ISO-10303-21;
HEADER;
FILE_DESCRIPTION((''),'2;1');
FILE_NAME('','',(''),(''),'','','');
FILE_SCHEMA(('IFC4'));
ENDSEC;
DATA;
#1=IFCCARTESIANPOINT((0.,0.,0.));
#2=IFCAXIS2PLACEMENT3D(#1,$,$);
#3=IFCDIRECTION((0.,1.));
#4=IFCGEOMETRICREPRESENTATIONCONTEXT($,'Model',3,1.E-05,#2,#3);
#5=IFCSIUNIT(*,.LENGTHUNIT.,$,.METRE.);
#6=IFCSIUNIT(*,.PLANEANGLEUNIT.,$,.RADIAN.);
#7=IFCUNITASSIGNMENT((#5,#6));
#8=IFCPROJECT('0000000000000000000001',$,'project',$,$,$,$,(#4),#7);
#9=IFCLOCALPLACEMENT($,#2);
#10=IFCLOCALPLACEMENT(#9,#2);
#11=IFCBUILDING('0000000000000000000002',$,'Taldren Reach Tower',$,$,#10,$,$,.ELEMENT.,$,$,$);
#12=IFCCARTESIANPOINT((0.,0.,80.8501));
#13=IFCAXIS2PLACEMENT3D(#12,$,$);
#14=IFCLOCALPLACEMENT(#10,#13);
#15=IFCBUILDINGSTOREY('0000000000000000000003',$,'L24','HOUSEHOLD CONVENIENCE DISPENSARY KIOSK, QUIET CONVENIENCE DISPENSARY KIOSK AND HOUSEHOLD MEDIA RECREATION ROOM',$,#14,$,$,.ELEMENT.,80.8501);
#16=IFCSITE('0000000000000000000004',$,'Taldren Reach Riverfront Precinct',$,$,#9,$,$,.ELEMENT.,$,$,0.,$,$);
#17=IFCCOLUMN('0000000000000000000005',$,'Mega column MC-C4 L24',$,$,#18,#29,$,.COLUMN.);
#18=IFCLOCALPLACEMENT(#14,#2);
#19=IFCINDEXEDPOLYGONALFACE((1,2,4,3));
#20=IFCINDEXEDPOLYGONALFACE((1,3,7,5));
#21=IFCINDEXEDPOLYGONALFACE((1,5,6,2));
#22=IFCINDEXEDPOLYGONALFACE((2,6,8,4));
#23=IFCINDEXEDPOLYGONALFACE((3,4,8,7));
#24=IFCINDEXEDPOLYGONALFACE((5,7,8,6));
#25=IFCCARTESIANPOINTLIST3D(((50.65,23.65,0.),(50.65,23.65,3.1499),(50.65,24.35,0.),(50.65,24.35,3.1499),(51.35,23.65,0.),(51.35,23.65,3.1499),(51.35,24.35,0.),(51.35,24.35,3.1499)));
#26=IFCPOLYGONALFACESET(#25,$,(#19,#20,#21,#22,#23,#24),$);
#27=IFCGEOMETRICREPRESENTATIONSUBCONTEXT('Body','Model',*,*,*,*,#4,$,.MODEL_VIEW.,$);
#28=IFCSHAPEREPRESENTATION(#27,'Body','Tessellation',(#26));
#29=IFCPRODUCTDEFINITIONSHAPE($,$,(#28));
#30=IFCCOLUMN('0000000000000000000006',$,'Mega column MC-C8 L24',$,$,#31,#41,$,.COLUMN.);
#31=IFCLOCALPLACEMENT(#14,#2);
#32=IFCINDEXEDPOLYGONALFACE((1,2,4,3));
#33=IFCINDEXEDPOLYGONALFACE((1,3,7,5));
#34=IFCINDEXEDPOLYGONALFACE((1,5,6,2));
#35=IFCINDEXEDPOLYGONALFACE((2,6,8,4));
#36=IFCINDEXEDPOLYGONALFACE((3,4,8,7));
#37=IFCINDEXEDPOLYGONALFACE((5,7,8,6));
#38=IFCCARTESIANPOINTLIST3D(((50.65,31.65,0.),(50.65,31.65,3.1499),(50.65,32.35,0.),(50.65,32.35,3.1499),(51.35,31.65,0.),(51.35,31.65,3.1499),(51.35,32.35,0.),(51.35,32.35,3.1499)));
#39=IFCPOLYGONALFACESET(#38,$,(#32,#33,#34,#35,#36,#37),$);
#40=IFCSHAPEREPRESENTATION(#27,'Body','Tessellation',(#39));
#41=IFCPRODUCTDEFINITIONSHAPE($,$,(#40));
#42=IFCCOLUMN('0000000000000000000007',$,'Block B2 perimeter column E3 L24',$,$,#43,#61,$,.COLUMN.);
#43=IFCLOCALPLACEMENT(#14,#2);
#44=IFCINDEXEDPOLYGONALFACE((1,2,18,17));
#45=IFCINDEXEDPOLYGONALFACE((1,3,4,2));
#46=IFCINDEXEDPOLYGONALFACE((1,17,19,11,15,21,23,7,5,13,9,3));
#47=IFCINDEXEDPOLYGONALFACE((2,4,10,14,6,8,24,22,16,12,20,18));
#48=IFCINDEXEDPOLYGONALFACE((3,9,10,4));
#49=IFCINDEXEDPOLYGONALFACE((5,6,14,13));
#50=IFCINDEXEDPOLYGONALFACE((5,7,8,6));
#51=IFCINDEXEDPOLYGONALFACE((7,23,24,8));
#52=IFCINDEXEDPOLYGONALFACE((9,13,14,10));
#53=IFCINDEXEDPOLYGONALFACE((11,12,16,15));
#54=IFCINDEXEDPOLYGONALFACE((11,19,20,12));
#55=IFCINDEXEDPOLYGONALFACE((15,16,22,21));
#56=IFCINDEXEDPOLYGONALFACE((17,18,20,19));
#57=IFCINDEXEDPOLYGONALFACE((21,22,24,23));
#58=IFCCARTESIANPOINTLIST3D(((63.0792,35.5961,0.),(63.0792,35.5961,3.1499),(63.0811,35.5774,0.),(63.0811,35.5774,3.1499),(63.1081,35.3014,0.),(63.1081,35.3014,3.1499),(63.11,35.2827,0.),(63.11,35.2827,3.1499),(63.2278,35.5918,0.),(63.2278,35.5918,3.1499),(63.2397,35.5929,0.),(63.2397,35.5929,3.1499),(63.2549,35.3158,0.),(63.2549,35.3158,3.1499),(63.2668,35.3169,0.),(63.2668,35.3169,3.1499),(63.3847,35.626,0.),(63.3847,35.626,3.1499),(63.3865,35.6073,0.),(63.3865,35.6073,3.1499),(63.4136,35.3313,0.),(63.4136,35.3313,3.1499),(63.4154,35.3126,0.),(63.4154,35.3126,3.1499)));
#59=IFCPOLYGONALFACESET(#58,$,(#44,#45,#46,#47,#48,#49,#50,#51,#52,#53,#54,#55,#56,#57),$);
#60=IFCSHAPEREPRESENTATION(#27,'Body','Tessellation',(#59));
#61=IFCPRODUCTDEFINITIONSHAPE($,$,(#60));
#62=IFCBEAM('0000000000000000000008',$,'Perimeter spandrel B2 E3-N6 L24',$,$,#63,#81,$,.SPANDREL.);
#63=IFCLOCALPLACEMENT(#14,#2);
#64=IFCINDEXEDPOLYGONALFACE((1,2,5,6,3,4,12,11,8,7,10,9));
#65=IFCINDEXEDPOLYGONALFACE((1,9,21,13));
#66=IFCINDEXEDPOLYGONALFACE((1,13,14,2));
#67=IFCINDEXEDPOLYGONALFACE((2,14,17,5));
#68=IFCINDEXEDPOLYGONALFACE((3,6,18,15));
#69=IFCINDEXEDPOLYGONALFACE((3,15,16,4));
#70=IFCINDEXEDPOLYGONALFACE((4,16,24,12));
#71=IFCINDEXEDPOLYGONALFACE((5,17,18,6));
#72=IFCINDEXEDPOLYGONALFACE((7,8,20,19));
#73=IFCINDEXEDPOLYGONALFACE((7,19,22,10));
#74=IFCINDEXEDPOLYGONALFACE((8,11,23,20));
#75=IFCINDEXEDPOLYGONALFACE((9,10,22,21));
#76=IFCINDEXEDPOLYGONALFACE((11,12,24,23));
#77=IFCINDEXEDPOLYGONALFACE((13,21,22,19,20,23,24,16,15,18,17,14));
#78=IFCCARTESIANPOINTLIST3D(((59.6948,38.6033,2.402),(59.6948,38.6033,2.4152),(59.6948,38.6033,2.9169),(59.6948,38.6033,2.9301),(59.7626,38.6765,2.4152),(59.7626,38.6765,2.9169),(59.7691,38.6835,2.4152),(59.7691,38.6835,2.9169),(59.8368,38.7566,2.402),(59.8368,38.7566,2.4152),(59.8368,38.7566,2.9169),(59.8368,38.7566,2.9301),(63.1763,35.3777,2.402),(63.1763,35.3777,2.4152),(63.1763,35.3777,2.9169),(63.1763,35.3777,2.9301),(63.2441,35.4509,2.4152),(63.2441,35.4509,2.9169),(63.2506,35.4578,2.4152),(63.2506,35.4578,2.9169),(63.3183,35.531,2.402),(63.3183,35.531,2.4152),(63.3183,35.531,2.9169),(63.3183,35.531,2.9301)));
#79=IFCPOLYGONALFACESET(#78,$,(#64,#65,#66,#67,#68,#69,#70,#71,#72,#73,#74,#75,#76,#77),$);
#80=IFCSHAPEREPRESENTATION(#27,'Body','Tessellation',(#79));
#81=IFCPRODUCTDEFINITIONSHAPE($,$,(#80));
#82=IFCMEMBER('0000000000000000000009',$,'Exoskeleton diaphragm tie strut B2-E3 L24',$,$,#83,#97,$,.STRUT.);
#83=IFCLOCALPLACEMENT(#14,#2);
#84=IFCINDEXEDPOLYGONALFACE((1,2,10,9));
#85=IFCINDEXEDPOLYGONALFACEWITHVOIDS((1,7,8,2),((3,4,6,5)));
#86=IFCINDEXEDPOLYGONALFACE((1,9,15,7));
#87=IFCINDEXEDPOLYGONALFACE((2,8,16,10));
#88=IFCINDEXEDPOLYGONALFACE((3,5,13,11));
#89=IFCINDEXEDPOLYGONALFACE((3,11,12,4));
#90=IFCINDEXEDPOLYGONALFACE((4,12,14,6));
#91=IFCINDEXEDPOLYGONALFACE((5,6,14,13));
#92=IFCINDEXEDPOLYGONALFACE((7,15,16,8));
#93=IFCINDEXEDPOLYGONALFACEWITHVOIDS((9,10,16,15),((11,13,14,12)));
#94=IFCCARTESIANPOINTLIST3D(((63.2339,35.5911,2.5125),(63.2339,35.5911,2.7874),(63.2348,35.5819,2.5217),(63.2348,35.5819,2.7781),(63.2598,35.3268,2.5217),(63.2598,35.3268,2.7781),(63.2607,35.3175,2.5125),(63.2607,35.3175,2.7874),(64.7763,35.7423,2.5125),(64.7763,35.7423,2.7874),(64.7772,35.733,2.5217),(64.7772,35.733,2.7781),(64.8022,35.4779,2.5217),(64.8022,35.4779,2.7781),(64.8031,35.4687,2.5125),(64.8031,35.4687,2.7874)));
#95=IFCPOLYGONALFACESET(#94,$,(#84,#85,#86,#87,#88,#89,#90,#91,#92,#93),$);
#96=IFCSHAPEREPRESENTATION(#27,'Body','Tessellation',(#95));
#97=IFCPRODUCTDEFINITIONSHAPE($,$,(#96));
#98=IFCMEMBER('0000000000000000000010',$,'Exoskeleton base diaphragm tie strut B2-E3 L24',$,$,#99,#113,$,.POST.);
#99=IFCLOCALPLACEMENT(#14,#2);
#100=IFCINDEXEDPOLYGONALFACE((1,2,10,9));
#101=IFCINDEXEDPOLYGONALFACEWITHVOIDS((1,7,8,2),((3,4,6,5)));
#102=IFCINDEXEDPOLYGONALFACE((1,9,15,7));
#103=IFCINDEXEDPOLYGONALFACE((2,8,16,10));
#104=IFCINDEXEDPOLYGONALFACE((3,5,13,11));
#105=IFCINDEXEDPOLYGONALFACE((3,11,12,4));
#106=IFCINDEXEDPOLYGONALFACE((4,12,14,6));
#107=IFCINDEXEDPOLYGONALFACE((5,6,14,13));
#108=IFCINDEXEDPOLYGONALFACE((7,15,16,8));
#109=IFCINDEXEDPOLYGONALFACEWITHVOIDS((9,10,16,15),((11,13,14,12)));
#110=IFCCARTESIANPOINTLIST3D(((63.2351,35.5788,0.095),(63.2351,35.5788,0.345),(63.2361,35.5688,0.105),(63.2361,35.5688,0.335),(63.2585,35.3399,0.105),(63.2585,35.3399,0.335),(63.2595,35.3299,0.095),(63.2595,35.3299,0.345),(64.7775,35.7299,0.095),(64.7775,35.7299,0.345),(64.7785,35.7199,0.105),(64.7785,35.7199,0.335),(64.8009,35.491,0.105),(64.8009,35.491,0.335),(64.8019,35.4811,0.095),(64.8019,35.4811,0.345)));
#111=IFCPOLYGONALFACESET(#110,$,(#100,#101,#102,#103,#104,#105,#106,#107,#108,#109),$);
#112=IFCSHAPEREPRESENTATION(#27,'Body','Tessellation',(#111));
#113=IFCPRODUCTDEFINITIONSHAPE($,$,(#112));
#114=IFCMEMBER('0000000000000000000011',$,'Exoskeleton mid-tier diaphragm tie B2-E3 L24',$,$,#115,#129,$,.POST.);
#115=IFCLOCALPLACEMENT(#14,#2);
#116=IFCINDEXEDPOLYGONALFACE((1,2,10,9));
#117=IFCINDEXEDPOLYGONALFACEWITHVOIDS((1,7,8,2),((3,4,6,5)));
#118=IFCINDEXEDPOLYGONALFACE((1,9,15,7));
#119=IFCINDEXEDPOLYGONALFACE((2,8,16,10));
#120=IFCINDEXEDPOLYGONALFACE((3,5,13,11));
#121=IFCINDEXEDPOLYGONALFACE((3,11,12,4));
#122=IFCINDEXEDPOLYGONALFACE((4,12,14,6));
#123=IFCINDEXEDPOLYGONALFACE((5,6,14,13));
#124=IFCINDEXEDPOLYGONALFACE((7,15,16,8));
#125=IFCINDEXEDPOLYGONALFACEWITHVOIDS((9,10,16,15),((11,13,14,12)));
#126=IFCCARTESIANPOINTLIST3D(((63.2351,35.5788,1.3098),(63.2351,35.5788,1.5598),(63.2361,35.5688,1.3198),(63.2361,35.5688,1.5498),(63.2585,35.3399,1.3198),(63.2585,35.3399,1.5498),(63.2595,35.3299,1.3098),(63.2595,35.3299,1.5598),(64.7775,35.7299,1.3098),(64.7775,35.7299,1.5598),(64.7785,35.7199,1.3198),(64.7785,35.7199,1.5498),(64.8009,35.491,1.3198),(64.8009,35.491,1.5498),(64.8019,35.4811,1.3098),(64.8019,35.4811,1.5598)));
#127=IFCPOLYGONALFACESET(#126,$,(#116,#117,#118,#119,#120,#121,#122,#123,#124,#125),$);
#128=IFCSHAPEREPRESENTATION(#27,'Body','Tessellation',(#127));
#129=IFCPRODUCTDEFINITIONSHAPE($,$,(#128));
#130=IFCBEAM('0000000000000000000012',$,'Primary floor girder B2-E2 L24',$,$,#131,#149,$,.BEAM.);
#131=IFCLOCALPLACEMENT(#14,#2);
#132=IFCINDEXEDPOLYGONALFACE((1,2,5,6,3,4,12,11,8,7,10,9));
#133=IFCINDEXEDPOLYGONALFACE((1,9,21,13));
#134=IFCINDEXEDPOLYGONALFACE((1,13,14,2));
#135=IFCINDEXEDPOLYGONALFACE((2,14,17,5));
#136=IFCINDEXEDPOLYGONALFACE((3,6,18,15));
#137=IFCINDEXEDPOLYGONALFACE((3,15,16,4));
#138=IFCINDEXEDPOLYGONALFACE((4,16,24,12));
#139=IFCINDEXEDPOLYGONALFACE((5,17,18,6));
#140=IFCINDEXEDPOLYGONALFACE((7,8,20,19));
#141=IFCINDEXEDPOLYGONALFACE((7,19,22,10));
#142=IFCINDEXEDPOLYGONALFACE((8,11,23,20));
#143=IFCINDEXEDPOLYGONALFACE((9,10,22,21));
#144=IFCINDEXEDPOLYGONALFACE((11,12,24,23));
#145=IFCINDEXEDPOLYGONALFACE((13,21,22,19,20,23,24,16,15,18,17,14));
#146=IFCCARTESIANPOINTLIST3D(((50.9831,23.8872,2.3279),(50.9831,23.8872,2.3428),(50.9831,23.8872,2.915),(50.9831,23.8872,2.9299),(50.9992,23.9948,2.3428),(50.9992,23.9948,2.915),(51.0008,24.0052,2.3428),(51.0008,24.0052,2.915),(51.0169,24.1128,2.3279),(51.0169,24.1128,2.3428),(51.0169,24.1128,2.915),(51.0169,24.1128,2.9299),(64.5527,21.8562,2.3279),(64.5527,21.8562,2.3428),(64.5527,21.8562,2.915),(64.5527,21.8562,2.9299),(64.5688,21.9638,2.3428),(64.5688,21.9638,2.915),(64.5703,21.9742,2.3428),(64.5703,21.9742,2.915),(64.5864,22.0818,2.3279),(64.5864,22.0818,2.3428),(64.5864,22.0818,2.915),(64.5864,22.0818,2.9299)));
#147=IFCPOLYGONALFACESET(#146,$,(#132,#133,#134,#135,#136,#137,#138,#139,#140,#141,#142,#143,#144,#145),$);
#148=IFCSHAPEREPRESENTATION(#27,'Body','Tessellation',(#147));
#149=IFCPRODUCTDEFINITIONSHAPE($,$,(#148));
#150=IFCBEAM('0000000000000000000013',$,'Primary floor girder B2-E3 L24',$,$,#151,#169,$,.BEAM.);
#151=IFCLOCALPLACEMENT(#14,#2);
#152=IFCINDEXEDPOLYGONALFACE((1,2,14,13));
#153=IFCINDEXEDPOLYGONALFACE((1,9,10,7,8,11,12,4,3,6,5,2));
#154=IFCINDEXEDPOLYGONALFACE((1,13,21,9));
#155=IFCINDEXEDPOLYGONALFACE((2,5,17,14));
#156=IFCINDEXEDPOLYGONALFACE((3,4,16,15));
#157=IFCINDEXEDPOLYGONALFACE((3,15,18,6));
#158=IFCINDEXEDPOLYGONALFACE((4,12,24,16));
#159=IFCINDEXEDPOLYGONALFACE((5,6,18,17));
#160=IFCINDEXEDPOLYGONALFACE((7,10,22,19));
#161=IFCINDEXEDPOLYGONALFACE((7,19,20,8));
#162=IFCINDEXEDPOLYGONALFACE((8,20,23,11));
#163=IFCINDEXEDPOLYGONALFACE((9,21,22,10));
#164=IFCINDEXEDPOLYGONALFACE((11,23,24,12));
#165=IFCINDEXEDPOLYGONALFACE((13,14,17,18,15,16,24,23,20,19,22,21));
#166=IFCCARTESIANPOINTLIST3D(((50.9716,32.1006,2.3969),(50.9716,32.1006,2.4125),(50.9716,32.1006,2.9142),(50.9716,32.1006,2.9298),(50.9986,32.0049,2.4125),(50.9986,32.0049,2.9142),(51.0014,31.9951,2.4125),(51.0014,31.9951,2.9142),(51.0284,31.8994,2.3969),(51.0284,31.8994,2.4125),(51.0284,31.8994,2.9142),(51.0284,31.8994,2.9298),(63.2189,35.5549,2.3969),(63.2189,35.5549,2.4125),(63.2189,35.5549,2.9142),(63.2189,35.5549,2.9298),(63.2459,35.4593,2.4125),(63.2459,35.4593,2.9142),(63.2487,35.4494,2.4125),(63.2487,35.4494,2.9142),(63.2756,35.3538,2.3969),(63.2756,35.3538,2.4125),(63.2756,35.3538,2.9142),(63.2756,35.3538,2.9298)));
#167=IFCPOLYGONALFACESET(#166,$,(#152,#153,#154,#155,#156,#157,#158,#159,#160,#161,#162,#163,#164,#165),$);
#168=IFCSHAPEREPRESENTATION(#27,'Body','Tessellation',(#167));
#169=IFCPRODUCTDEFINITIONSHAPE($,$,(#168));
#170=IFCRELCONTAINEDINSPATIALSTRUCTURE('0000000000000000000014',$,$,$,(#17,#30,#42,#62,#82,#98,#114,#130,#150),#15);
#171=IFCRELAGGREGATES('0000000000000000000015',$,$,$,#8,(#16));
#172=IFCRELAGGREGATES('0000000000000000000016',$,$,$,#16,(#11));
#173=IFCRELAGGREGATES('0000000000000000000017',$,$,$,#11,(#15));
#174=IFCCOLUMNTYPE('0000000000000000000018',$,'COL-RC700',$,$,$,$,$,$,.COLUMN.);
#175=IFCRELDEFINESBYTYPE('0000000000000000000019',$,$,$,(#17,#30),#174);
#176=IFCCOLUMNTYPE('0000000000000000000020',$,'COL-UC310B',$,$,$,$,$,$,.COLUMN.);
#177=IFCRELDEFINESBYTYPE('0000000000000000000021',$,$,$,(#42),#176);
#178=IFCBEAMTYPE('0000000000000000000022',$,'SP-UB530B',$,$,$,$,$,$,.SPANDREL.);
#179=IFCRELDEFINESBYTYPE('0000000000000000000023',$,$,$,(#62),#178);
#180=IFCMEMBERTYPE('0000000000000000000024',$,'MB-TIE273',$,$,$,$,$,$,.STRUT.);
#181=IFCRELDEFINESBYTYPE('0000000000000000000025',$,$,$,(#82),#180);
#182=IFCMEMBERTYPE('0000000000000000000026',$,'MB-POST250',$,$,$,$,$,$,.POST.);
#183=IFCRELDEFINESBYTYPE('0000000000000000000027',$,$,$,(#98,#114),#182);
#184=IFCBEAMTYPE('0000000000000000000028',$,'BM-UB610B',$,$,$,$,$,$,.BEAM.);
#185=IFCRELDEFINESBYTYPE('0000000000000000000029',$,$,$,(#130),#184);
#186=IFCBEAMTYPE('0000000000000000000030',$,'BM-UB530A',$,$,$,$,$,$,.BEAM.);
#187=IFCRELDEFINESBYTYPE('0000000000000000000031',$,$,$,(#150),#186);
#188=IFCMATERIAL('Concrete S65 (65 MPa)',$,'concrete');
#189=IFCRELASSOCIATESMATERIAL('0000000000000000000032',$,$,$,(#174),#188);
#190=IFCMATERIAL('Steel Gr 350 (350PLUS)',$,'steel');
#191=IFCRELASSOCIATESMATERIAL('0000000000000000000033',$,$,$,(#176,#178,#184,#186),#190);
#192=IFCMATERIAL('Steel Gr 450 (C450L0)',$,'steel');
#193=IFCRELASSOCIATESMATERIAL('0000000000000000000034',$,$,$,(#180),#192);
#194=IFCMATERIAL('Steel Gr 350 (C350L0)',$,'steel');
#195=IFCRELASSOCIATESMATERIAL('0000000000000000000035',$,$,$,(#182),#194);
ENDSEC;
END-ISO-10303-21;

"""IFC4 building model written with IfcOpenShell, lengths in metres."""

from ifc_helpers import new_model, si_unit, direction, frame, origin, origin_2d, place, context, subcontext, project, spatial, rectangle, hollow_rectangle, i_section, extrude, source, transform, mapped, material, material_profile, profile_set, type_object, element, save


model = new_model("IFC4")

# Units and contexts
model_context = context("Model", 3, precision=1e-05, world=origin(), true_north=direction((0.0, 1.0)))
body_context = subcontext(model_context, "Body", "Model", "MODEL_VIEW")
ifc_project = project(units=[si_unit("LENGTHUNIT", "METRE"), si_unit("PLANEANGLEUNIT", "RADIAN")], contexts=[model_context])

# Site, building, storey
site_placement = place(None, origin())
site = spatial("IfcSite", under=ifc_project, at=site_placement, Name="Taldren Reach Riverfront Precinct", CompositionType="ELEMENT", RefElevation=0.0)
building_placement = place(site_placement, origin())
building = spatial("IfcBuilding", under=site, at=building_placement, Name="Taldren Reach Tower", CompositionType="ELEMENT")
storey_placement = place(building_placement, frame((0.0, 0.0, 80.8501)))
storey = spatial("IfcBuildingStorey", under=building, at=storey_placement, Name="L24", Description="HOUSEHOLD CONVENIENCE DISPENSARY KIOSK, QUIET CONVENIENCE DISPENSARY KIOSK AND HOUSEHOLD MEDIA RECREATION ROOM", CompositionType="ELEMENT", Elevation=80.8501)

# Columns
ifc_material_1 = material(Name="Concrete S65 (65 MPa)", Category="concrete")
ifc_material_profile_1 = material_profile(ifc_material_1, rectangle(XDim=0.7, YDim=0.7, at=origin_2d()), Name="RC-700x700")
ifc_profile_set_1 = profile_set([ifc_material_profile_1], Name="Concrete S65 (65 MPa)")
column_type_1 = type_object("IfcColumnType", Name="COL-RC700", PredefinedType="COLUMN", material=ifc_profile_set_1)
shared_shape_1 = source(origin(), body_context, "Body", "SweptSolid", [
    extrude(rectangle(XDim=0.7, YDim=0.7, at=origin_2d()), origin(), (0.0, 0.0, 1.0), 3.1499),
])
for number, where, z_axis, x_axis, name in (
    (1, (51.0, 24.0, 0.0), (0.0, 0.0, 1.0), (1.0, 0.0, 0.0), "Mega column MC-C4 L24"),
    (2, (51.0, 32.0, 0.0), (0.0, 0.0, 1.0), (1.0, 0.0, 0.0), "Mega column MC-C8 L24"),
):
    element("IfcColumn", number, at=place(storey_placement, frame(where, z_axis=z_axis, x_axis=x_axis)), inside=storey, type_object=column_type_1, Name=name, PredefinedType="COLUMN", context=body_context, shape_type="MappedRepresentation", body=[
        mapped(shared_shape_1, transform((0.0, 0.0, 0.0), scale=1.0)),
    ])
ifc_material_2 = material(Name="Steel Gr 350 (350PLUS)", Category="steel")
ifc_material_profile_2 = material_profile(ifc_material_2, i_section(OverallWidth=0.3069, OverallDepth=0.3149, WebThickness=0.012, FlangeThickness=0.0188, at=origin_2d()), Name="310UC118")
ifc_profile_set_2 = profile_set([ifc_material_profile_2], Name="Steel Gr 350 (350PLUS)")
column_type_2 = type_object("IfcColumnType", Name="COL-UC310B", PredefinedType="COLUMN", material=ifc_profile_set_2)
shared_shape_2 = source(origin(), body_context, "Body", "SweptSolid", [
    extrude(i_section(OverallWidth=0.3069, OverallDepth=0.3149, WebThickness=0.012, FlangeThickness=0.0188, at=origin_2d()), origin(), (0.0, 0.0, 1.0), 3.1499),
])
column_placement = place(storey_placement, frame((63.2473, 35.4543, 0.0), z_axis=(0.0, 0.0, 1.0), x_axis=(0.995227, 0.097583, 0.0)))
element("IfcColumn", 3, at=column_placement, inside=storey, type_object=column_type_2, Name="Block B2 perimeter column E3 L24", PredefinedType="COLUMN", context=body_context, shape_type="MappedRepresentation", body=[
    mapped(shared_shape_2, transform((0.0, 0.0, 0.0), scale=1.0)),
])

# Beam
ifc_material_profile_3 = material_profile(ifc_material_2, i_section(OverallWidth=0.209, OverallDepth=0.5281, WebThickness=0.0095, FlangeThickness=0.0132, at=origin_2d()), Name="530UB82.0")
ifc_profile_set_3 = profile_set([ifc_material_profile_3], Name="Steel Gr 350 (350PLUS)")
beam_type_1 = type_object("IfcBeamType", Name="SP-UB530B", PredefinedType="SPANDREL", material=ifc_profile_set_3)
shared_shape_3 = source(origin(), body_context, "Body", "SweptSolid", [
    extrude(i_section(OverallWidth=0.209, OverallDepth=0.5281, WebThickness=0.0095, FlangeThickness=0.0132, at=origin_2d()), origin(), (0.0, 0.0, 1.0), 4.7461),
])
beam_1_placement = place(storey_placement, frame((63.2473, 35.4543, 2.666), z_axis=(-0.733548, 0.679638, 0.0), x_axis=(-0.679638, -0.733548, 0.0)))
element("IfcBeam", 4, at=beam_1_placement, inside=storey, type_object=beam_type_1, Name="Perimeter spandrel B2 E3-N6 L24", PredefinedType="SPANDREL", context=body_context, shape_type="MappedRepresentation", body=[
    mapped(shared_shape_3, transform((0.0, 0.0, 0.0), scale=1.0)),
])

# Members
ifc_material_3 = material(Name="Steel Gr 450 (C450L0)", Category="steel")
ifc_material_profile_4 = material_profile(ifc_material_3, hollow_rectangle(XDim=0.2749, YDim=0.2749, WallThickness=0.0093, at=origin_2d()), Name="275x275x9.3SHS")
ifc_profile_set_4 = profile_set([ifc_material_profile_4], Name="Steel Gr 450 (C450L0)")
member_type_1 = type_object("IfcMemberType", Name="MB-TIE273", PredefinedType="STRUT", material=ifc_profile_set_4)
shared_shape_4 = source(origin(), body_context, "Body", "SweptSolid", [
    extrude(hollow_rectangle(XDim=0.2749, YDim=0.2749, WallThickness=0.0093, at=origin_2d()), origin(), (0.0, 0.0, 1.0), 1.5498),
])
member_placement = place(storey_placement, frame((63.2473, 35.4543, 2.6499), z_axis=(0.995235, 0.097507, 0.0), x_axis=(-0.097507, 0.995235, 0.0)))
element("IfcMember", 5, at=member_placement, inside=storey, type_object=member_type_1, Name="Exoskeleton diaphragm tie strut B2-E3 L24", PredefinedType="STRUT", context=body_context, shape_type="MappedRepresentation", body=[
    mapped(shared_shape_4, transform((0.0, 0.0, 0.0), scale=1.0)),
])
ifc_material_4 = material(Name="Steel Gr 350 (C350L0)", Category="steel")
ifc_material_profile_5 = material_profile(ifc_material_4, hollow_rectangle(XDim=0.25, YDim=0.25, WallThickness=0.01, at=origin_2d()), Name="250x250x10.0SHS")
ifc_profile_set_5 = profile_set([ifc_material_profile_5], Name="Steel Gr 350 (C350L0)")
member_type_2 = type_object("IfcMemberType", Name="MB-POST250", PredefinedType="POST", material=ifc_profile_set_5)
shared_shape_5 = source(origin(), body_context, "Body", "SweptSolid", [
    extrude(hollow_rectangle(XDim=0.25, YDim=0.25, WallThickness=0.01, at=origin_2d()), origin(), (0.0, 0.0, 1.0), 1.5498),
])
for number, where, z_axis, x_axis, name in (
    (6, (63.2473, 35.4543, 0.22), (0.995235, 0.097507, 0.0), (-0.097507, 0.995235, 0.0), "Exoskeleton base diaphragm tie strut B2-E3 L24"),
    (7, (63.2473, 35.4543, 1.4348), (0.995235, 0.097507, 0.0), (-0.097507, 0.995235, 0.0), "Exoskeleton mid-tier diaphragm tie B2-E3 L24"),
):
    element("IfcMember", number, at=place(storey_placement, frame(where, z_axis=z_axis, x_axis=x_axis)), inside=storey, type_object=member_type_2, Name=name, PredefinedType="POST", context=body_context, shape_type="MappedRepresentation", body=[
        mapped(shared_shape_5, transform((0.0, 0.0, 0.0), scale=1.0)),
    ])

# Beams
ifc_material_profile_6 = material_profile(ifc_material_2, i_section(OverallWidth=0.228, OverallDepth=0.6021, WebThickness=0.0105, FlangeThickness=0.0149, at=origin_2d()), Name="610UB101")
ifc_profile_set_6 = profile_set([ifc_material_profile_6], Name="Steel Gr 350 (350PLUS)")
beam_type_2 = type_object("IfcBeamType", Name="BM-UB610B", PredefinedType="BEAM", material=ifc_profile_set_6)
shared_shape_6 = source(origin(), body_context, "Body", "SweptSolid", [
    extrude(i_section(OverallWidth=0.228, OverallDepth=0.6021, WebThickness=0.0105, FlangeThickness=0.0149, at=origin_2d()), origin(), (0.0, 0.0, 1.0), 13.7207),
])
beam_2_placement = place(storey_placement, frame((51.0, 24.0, 2.6289), z_axis=(0.988984, -0.148025, 0.0), x_axis=(0.148025, 0.988984, 0.0)))
element("IfcBeam", 8, at=beam_2_placement, inside=storey, type_object=beam_type_2, Name="Primary floor girder B2-E2 L24", PredefinedType="BEAM", context=body_context, shape_type="MappedRepresentation", body=[
    mapped(shared_shape_6, transform((0.0, 0.0, 0.0), scale=1.0)),
])
ifc_material_profile_7 = material_profile(ifc_material_2, i_section(OverallWidth=0.209, OverallDepth=0.533, WebThickness=0.0103, FlangeThickness=0.0156, at=origin_2d()), Name="530UB92.4")
ifc_profile_set_7 = profile_set([ifc_material_profile_7], Name="Steel Gr 350 (350PLUS)")
beam_type_3 = type_object("IfcBeamType", Name="BM-UB530A", PredefinedType="BEAM", material=ifc_profile_set_7)
shared_shape_7 = source(origin(), body_context, "Body", "SweptSolid", [
    extrude(i_section(OverallWidth=0.209, OverallDepth=0.533, WebThickness=0.0103, FlangeThickness=0.0156, at=origin_2d()), origin(), (0.0, 0.0, 1.0), 12.7251),
])
beam_3_placement = place(storey_placement, frame((51.0, 32.0, 2.6633), z_axis=(0.96245, 0.271458, 0.0), x_axis=(-0.271458, 0.96245, 0.0)))
element("IfcBeam", 9, at=beam_3_placement, inside=storey, type_object=beam_type_3, Name="Primary floor girder B2-E3 L24", PredefinedType="BEAM", context=body_context, shape_type="MappedRepresentation", body=[
    mapped(shared_shape_7, transform((0.0, 0.0, 0.0), scale=1.0)),
])

save(model, "model.ifc")
